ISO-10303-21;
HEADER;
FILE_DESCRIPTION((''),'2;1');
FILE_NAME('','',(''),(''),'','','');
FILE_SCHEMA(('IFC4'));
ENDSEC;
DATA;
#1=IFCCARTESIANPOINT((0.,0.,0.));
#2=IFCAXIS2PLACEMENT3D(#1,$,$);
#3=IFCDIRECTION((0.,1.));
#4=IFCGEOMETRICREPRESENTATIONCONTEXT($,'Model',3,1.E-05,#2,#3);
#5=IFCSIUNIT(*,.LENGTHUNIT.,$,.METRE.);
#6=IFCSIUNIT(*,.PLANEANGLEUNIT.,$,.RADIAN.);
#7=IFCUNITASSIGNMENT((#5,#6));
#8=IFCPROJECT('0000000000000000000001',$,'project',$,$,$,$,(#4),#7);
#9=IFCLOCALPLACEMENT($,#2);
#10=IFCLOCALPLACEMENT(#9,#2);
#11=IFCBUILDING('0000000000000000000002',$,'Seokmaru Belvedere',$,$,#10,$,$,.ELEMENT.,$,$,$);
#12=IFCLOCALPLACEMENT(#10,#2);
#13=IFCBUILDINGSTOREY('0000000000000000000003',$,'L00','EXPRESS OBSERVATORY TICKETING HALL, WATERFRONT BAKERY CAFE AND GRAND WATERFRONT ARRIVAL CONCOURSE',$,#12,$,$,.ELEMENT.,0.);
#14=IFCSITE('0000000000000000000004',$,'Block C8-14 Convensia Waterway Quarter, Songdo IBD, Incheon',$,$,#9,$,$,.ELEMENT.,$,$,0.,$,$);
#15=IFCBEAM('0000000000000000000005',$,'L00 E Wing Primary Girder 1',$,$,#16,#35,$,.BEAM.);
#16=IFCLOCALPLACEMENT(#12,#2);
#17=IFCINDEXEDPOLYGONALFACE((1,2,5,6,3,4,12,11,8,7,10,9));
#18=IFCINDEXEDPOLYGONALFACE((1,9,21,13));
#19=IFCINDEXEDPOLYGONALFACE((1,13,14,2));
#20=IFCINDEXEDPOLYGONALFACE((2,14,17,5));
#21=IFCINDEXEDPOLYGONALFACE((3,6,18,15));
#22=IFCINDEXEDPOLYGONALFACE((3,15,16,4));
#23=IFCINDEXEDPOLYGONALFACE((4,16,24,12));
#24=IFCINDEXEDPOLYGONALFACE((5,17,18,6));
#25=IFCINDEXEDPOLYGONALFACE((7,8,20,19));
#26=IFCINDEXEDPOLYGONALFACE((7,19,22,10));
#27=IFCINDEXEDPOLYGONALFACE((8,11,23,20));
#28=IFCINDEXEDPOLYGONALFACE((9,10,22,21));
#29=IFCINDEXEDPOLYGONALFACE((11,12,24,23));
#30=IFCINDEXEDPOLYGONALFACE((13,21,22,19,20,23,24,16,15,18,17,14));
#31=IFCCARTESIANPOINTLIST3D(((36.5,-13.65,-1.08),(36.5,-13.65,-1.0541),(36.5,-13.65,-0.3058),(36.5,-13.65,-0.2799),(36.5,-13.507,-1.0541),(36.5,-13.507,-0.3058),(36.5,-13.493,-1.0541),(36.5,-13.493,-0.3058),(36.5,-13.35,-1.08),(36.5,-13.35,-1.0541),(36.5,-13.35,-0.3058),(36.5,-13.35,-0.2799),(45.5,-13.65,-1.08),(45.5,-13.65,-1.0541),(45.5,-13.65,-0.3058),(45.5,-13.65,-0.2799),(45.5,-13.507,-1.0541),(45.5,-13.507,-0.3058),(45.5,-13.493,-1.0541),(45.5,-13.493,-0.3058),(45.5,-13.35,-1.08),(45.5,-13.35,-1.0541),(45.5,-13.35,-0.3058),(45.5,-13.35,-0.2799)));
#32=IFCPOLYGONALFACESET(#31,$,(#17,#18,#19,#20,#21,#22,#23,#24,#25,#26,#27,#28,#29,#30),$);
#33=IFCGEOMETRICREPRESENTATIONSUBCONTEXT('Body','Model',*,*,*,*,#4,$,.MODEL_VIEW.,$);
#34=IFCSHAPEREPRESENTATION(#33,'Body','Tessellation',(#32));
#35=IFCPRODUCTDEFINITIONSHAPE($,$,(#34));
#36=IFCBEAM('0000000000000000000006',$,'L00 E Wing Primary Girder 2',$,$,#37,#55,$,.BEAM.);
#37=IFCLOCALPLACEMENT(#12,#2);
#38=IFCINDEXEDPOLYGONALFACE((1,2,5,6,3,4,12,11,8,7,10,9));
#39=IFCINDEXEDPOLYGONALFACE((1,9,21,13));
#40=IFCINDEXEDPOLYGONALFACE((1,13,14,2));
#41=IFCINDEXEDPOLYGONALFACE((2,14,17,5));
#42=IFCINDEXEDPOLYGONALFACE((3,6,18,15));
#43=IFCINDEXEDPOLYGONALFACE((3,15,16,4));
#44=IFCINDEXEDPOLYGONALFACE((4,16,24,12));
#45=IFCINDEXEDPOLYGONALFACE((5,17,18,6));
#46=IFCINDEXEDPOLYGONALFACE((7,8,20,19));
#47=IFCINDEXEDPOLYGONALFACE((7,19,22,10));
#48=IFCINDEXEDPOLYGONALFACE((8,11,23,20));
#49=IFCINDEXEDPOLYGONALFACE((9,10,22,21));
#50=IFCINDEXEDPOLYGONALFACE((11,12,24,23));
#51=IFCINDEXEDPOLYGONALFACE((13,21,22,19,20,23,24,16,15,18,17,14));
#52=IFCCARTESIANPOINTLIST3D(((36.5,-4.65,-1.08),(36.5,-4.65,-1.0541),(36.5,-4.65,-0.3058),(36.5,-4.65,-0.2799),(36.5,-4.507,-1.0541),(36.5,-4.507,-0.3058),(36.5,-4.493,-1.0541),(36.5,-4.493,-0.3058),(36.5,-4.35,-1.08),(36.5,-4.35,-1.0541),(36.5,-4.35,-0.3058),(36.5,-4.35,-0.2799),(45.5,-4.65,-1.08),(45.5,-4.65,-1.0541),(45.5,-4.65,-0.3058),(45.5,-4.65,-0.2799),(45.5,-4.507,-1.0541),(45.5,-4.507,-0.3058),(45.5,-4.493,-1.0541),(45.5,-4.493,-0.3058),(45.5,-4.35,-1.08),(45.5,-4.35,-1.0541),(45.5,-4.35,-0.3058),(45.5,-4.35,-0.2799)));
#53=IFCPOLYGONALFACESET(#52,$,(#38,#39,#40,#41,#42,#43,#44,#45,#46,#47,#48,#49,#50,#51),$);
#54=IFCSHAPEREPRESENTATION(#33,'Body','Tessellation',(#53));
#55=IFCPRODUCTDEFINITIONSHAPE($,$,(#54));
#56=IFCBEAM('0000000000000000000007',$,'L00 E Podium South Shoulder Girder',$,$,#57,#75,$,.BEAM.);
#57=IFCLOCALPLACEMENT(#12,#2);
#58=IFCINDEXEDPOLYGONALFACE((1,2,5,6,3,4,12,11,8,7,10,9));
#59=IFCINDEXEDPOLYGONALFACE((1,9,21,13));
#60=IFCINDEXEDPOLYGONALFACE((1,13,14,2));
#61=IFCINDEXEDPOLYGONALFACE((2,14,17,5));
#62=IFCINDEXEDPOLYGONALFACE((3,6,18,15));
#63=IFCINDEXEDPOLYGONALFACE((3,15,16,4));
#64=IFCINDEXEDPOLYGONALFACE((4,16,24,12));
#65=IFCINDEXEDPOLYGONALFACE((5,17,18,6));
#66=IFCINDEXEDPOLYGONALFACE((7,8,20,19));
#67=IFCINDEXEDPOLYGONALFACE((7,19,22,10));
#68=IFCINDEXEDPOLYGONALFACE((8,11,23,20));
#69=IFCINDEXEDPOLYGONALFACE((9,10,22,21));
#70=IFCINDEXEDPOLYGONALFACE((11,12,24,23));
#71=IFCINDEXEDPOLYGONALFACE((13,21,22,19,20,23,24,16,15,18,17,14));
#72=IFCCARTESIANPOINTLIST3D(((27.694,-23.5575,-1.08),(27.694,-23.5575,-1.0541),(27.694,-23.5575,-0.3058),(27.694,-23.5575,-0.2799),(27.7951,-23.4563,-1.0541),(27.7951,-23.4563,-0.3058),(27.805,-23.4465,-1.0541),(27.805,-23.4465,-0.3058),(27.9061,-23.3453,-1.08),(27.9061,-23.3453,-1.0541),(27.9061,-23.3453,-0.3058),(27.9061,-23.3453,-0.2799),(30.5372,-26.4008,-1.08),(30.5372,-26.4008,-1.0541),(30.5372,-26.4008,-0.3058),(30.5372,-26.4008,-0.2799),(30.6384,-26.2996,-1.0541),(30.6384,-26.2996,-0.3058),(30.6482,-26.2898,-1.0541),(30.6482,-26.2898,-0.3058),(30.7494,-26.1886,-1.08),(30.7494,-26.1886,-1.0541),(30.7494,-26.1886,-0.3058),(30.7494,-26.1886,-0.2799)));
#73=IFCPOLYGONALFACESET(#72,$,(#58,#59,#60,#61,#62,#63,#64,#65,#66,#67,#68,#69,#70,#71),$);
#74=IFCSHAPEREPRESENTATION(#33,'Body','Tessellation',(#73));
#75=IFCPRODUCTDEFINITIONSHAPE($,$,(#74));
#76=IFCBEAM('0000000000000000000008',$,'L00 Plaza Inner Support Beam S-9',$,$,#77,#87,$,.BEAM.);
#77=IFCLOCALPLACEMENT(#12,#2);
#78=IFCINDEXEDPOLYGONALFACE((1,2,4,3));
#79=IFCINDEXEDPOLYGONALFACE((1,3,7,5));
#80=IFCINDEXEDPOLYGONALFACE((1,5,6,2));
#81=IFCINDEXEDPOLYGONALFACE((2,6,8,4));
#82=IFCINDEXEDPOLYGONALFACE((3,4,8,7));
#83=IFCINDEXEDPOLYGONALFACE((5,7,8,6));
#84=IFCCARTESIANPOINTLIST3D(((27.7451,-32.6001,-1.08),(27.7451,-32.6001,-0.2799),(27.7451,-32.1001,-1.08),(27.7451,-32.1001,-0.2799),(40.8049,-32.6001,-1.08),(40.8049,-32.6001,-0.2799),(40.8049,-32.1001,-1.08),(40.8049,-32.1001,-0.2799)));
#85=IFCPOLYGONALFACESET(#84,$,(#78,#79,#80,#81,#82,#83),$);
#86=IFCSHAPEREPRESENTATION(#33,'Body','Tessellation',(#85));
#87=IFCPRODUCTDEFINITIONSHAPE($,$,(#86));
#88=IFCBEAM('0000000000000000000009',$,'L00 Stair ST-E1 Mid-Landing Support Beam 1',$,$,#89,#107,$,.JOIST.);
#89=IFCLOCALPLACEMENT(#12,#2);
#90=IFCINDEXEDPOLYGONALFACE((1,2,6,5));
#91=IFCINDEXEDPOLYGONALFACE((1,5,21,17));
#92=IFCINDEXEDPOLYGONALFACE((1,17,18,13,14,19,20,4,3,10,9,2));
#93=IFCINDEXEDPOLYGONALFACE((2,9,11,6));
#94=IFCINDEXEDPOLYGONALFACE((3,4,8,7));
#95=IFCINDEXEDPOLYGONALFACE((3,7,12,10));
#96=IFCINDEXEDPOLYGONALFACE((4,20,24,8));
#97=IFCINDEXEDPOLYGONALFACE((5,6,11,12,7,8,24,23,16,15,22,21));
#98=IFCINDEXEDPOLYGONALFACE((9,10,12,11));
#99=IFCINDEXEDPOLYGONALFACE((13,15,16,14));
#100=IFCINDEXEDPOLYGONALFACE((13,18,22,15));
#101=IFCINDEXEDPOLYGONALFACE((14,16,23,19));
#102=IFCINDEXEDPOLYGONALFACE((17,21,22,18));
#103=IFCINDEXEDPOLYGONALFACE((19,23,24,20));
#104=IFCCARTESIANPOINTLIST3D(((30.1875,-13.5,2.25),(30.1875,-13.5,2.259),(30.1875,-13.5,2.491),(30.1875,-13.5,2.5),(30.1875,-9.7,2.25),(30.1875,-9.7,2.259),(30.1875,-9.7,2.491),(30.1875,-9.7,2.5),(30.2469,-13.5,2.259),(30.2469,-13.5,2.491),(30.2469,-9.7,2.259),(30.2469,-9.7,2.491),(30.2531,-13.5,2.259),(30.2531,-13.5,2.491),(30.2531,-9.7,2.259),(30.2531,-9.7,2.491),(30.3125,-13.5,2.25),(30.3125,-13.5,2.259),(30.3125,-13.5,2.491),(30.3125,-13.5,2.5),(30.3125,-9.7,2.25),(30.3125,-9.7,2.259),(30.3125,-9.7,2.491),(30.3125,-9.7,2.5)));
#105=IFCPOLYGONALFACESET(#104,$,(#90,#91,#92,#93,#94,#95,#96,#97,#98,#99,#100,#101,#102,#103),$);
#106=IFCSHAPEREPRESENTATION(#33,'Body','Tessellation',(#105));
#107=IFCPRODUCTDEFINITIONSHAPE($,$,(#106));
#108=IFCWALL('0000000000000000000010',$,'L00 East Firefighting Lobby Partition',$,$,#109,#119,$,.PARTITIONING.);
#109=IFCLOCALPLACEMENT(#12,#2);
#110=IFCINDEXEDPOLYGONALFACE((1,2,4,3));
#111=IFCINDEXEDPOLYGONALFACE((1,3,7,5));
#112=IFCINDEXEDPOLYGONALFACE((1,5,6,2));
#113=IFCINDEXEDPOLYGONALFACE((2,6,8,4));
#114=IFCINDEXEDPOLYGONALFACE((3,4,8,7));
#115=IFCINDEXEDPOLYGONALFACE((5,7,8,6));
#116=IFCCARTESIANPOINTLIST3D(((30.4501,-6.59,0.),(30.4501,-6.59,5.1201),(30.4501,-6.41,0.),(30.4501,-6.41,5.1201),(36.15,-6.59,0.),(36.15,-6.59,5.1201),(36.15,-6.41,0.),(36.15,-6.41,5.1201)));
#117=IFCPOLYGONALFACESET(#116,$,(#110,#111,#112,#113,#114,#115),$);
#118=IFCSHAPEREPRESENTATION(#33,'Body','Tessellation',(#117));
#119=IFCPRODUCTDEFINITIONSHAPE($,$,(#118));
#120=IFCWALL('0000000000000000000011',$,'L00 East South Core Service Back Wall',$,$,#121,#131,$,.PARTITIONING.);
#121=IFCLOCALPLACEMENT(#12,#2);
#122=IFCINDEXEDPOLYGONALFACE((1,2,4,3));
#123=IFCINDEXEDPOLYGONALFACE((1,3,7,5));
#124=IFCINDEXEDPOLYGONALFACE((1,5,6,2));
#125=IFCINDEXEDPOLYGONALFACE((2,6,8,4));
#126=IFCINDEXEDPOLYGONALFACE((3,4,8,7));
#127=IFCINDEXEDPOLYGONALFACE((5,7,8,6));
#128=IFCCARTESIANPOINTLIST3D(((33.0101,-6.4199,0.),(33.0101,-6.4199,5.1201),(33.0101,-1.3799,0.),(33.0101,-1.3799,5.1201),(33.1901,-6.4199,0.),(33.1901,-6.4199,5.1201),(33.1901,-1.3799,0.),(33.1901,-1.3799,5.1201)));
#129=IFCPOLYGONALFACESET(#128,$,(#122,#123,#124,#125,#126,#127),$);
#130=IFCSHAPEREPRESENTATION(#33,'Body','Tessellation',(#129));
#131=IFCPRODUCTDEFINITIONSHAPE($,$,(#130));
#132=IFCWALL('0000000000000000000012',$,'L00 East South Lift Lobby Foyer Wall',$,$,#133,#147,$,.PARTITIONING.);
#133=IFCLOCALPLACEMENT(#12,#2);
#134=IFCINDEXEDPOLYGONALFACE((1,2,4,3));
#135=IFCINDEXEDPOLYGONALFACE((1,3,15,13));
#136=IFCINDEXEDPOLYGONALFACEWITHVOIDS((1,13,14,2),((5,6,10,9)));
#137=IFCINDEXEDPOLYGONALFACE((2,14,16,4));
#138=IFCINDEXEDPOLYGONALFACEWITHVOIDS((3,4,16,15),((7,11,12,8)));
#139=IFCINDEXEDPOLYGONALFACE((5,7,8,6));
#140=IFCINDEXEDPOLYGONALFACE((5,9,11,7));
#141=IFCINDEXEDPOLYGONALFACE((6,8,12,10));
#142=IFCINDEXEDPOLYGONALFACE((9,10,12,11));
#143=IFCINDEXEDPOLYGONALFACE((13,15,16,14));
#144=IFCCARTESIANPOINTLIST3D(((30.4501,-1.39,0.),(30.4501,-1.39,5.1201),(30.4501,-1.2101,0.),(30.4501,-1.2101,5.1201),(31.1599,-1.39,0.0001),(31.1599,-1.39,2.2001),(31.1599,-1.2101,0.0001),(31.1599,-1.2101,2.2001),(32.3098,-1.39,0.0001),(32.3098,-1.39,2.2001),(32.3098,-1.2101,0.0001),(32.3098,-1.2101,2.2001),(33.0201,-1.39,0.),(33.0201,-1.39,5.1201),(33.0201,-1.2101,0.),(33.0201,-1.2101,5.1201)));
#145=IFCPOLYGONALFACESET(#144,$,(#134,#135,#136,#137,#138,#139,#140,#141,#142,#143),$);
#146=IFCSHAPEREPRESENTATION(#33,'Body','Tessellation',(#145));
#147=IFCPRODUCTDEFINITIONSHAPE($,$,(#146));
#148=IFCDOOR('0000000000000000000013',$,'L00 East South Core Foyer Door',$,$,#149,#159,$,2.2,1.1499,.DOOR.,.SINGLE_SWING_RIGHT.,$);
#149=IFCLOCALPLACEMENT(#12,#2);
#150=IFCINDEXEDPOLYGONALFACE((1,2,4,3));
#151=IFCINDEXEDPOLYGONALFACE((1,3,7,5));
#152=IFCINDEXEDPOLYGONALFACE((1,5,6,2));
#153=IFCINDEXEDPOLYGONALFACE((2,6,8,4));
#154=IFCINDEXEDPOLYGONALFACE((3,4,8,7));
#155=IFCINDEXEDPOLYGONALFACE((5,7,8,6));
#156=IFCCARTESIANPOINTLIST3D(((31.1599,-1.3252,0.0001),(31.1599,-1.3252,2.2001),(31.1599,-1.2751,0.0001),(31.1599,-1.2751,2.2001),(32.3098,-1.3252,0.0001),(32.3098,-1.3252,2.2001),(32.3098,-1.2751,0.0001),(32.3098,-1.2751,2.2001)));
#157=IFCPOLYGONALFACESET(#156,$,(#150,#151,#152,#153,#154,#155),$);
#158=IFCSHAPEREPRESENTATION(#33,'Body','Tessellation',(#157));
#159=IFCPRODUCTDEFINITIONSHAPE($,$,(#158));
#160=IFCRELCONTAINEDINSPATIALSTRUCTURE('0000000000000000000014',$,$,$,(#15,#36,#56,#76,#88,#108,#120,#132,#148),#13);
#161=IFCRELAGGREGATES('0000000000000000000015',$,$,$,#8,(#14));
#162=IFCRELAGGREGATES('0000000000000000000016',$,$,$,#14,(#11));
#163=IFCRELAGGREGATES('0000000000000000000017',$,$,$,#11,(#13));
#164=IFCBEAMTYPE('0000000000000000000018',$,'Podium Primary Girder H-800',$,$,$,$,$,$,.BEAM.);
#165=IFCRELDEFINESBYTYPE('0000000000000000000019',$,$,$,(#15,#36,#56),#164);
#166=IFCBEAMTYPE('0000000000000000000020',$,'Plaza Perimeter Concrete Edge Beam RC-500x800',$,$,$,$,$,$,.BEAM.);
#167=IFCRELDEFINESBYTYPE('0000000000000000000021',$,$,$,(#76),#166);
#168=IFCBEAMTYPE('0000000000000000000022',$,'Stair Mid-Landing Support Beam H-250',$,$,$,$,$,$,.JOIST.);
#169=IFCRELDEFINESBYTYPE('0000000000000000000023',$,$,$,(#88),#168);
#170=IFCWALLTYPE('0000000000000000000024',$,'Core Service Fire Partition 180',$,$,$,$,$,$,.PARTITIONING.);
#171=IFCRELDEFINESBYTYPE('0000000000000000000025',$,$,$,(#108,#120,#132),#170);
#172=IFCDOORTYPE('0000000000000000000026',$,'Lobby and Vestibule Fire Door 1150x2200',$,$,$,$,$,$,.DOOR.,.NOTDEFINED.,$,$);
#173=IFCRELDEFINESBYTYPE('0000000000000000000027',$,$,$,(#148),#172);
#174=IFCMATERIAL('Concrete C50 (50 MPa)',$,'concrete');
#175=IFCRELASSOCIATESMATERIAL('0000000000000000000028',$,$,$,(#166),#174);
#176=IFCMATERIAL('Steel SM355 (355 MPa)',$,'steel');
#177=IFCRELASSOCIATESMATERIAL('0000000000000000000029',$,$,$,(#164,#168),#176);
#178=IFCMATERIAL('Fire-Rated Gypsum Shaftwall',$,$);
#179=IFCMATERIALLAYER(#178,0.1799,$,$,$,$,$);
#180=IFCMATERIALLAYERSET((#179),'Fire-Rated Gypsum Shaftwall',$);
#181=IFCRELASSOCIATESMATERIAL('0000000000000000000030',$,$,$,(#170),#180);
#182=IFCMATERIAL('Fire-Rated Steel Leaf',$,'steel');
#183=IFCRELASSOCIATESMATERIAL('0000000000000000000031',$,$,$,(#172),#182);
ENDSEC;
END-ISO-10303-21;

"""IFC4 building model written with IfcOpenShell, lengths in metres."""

from ifc_helpers import new_model, si_unit, direction, frame, frame_2d, origin, origin_2d, place, context, subcontext, project, spatial, rectangle, i_section, extrude, source, transform, mapped, material, layer, layer_set, material_profile, profile_set, type_object, type_shapes, element, fill, save


model = new_model("IFC4")

# Units and contexts
model_context = context("Model", 3, precision=1e-05, world=origin(), true_north=direction((0.0, 1.0)))
body_context = subcontext(model_context, "Body", "Model", "MODEL_VIEW")
ifc_project = project(units=[si_unit("LENGTHUNIT", "METRE"), si_unit("PLANEANGLEUNIT", "RADIAN")], contexts=[model_context])

# Site, building, storey
site_placement = place(None, origin())
site = spatial("IfcSite", under=ifc_project, at=site_placement, Name="Block C8-14 Convensia Waterway Quarter, Songdo IBD, Incheon", CompositionType="ELEMENT", RefElevation=0.0)
building_placement = place(site_placement, origin())
building = spatial("IfcBuilding", under=site, at=building_placement, Name="Seokmaru Belvedere", CompositionType="ELEMENT")
storey_placement = place(building_placement, origin())
storey = spatial("IfcBuildingStorey", under=building, at=storey_placement, Name="L00", Description="EXPRESS OBSERVATORY TICKETING HALL, WATERFRONT BAKERY CAFE AND GRAND WATERFRONT ARRIVAL CONCOURSE", CompositionType="ELEMENT", Elevation=0.0)

# Shared definitions
ifc_material_1 = material(Name="Concrete C50 (50 MPa)", Category="concrete")
ifc_material_2 = material(Name="Steel SM355 (355 MPa)", Category="steel")

# Beams
ifc_material_profile_1 = material_profile(ifc_material_1, rectangle(XDim=0.5, YDim=0.8, at=origin_2d()), Name="RC-500x800")
ifc_profile_set_1 = profile_set([ifc_material_profile_1], Name="Concrete C50 (50 MPa)")
beam_type_1 = type_object("IfcBeamType", Name="Plaza Perimeter Concrete Edge Beam RC-500x800", PredefinedType="BEAM", material=ifc_profile_set_1)
ifc_material_profile_2 = material_profile(ifc_material_2, i_section(OverallWidth=0.3, OverallDepth=0.8, WebThickness=0.0139, FlangeThickness=0.0259, at=origin_2d()), Name="H-800x300x14x26")
ifc_profile_set_2 = profile_set([ifc_material_profile_2], Name="Steel SM355 (355 MPa)")
beam_type_2 = type_object("IfcBeamType", Name="Podium Primary Girder H-800", PredefinedType="BEAM", material=ifc_profile_set_2)
shared_shape_1 = source(origin(), body_context, "Body", "SweptSolid", [
    extrude(i_section(OverallWidth=0.3, OverallDepth=0.8, WebThickness=0.0139, FlangeThickness=0.0259, at=origin_2d()), origin(), (0.0, 0.0, 1.0), 9.0),
])
for number, where, z_axis, x_axis, name in (
    (1, (36.5, -13.5, -0.6799), (1.0, 0.0, 0.0), (0.0, 1.0, 0.0), "L00 E Wing Primary Girder 1"),
    (2, (36.5, -4.5, -0.6799), (1.0, 0.0, 0.0), (0.0, 1.0, 0.0), "L00 E Wing Primary Girder 2"),
):
    element("IfcBeam", number, at=place(storey_placement, frame(where, z_axis=z_axis, x_axis=x_axis)), inside=storey, type_object=beam_type_2, Name=name, PredefinedType="BEAM", context=body_context, shape_type="MappedRepresentation", body=[
        mapped(shared_shape_1, transform((0.0, 0.0, 0.0), scale=1.0)),
    ])
shared_shape_2 = source(origin(), body_context, "Body", "SweptSolid", [
    extrude(i_section(OverallWidth=0.3, OverallDepth=0.8, WebThickness=0.0139, FlangeThickness=0.0259, at=origin_2d()), origin(), (0.0, 0.0, 1.0), 4.021),
])
beam_1_placement = place(storey_placement, frame((30.6433, -26.2947, -0.6799), z_axis=(-0.707107, 0.707107, 0.0), x_axis=(-0.707107, -0.707107, 0.0)))
element("IfcBeam", 3, at=beam_1_placement, inside=storey, type_object=beam_type_2, Name="L00 E Podium South Shoulder Girder", PredefinedType="BEAM", context=body_context, shape_type="MappedRepresentation", body=[
    mapped(shared_shape_2, transform((0.0, 0.0, 0.0), scale=1.0)),
])
shared_shape_3 = source(origin(), body_context, "Body", "SweptSolid", [
    extrude(rectangle(XDim=0.5, YDim=0.8, at=origin_2d()), origin(), (0.0, 0.0, 1.0), 13.0598),
])
beam_2_placement = place(storey_placement, frame((27.7451, -32.3501, -0.6799), z_axis=(1.0, 0.0, 0.0), x_axis=(0.0, 1.0, 0.0)))
element("IfcBeam", 4, at=beam_2_placement, inside=storey, type_object=beam_type_1, Name="L00 Plaza Inner Support Beam S-9", PredefinedType="BEAM", context=body_context, shape_type="MappedRepresentation", body=[
    mapped(shared_shape_3, transform((0.0, 0.0, 0.0), scale=1.0)),
])
ifc_material_profile_3 = material_profile(ifc_material_2, i_section(OverallWidth=0.125, OverallDepth=0.25, WebThickness=0.0061, FlangeThickness=0.009, at=origin_2d()), Name="H-250x125x6x9")
ifc_profile_set_3 = profile_set([ifc_material_profile_3], Name="Steel SM355 (355 MPa)")
beam_type_3 = type_object("IfcBeamType", Name="Stair Mid-Landing Support Beam H-250", PredefinedType="JOIST", material=ifc_profile_set_3)
shared_shape_4 = source(origin(), body_context, "Body", "SweptSolid", [
    extrude(i_section(OverallWidth=0.125, OverallDepth=0.25, WebThickness=0.0061, FlangeThickness=0.009, at=origin_2d()), origin(), (0.0, 0.0, 1.0), 3.8),
])
type_shapes(beam_type_3, [shared_shape_4])
beam_3_placement = place(storey_placement, frame((30.25, -13.5, 2.375), z_axis=(0.0, 1.0, 0.0), x_axis=(-1.0, 0.0, 0.0)))
element("IfcBeam", 5, at=beam_3_placement, inside=storey, type_object=beam_type_3, Name="L00 Stair ST-E1 Mid-Landing Support Beam 1", PredefinedType="JOIST", context=body_context, shape_type="MappedRepresentation", body=[
    mapped(shared_shape_4, transform((0.0, 0.0, 0.0), scale=1.0)),
])

# Walls
ifc_material_3 = material(Name="Fire-Rated Gypsum Shaftwall")
ifc_layer_1 = layer(ifc_material_3, 0.1799)
ifc_layer_set_1 = layer_set([ifc_layer_1], Name="Fire-Rated Gypsum Shaftwall")
wall_type_1 = type_object("IfcWallType", Name="Core Service Fire Partition 180", PredefinedType="PARTITIONING", material=ifc_layer_set_1)
wall_1_placement = place(storey_placement, frame((30.45, -6.5, 0.0), z_axis=(0.0, 0.0, 1.0), x_axis=(1.0, 0.0, 0.0)))
element("IfcWall", 6, at=wall_1_placement, inside=storey, type_object=wall_type_1, Name="L00 East Firefighting Lobby Partition", PredefinedType="PARTITIONING", context=body_context, shape_type="SweptSolid", body=[
    extrude(rectangle(XDim=5.7, YDim=0.1799, at=frame_2d((2.8501, 0.0))), origin(), (0.0, 0.0, 1.0), 5.1201),
])
wall_2_placement = place(storey_placement, frame((33.1001, -6.4199, 0.0), z_axis=(0.0, 0.0, 1.0), x_axis=(0.0, 1.0, 0.0)))
element("IfcWall", 7, at=wall_2_placement, inside=storey, type_object=wall_type_1, Name="L00 East South Core Service Back Wall", PredefinedType="PARTITIONING", context=body_context, shape_type="SweptSolid", body=[
    extrude(rectangle(XDim=5.04, YDim=0.1799, at=frame_2d((2.52, 0.0))), origin(), (0.0, 0.0, 1.0), 5.1201),
])

# Wall, opening, door
wall_3_placement = place(storey_placement, frame((30.45, -1.3, 0.0), z_axis=(0.0, 0.0, 1.0), x_axis=(1.0, 0.0, 0.0)))
wall_3 = element("IfcWall", 8, at=wall_3_placement, inside=storey, type_object=wall_type_1, Name="L00 East South Lift Lobby Foyer Wall", PredefinedType="PARTITIONING", context=body_context, shape_type="SweptSolid", body=[
    extrude(rectangle(XDim=2.5701, YDim=0.1799, at=frame_2d((1.2852, 0.0))), origin(), (0.0, 0.0, 1.0), 5.1201),
])
opening_1_placement = place(wall_3_placement, frame((0.71, 0.0, 0.0)))
opening_1 = element("IfcOpeningElement", 9, at=opening_1_placement, cuts=wall_3, PredefinedType="OPENING", context=body_context, shape_type="SweptSolid", body=[
    extrude(rectangle(XDim=1.1499, YDim=2.2, at=frame_2d((0.575, 1.1001))), frame((0.0, 0.1001, 0.0), z_axis=(0.0, -1.0, 0.0), x_axis=(1.0, 0.0, 0.0)), (0.0, 0.0, 1.0), 0.2),
])
ifc_material_4 = material(Name="Fire-Rated Steel Leaf", Category="steel")
door_type_1 = type_object("IfcDoorType", Name="Lobby and Vestibule Fire Door 1150x2200", OperationType="NOTDEFINED", PredefinedType="DOOR", material=ifc_material_4)
shared_shape_5 = source(origin(), body_context, "Body", "SweptSolid", [
    extrude(rectangle(XDim=1.1499, YDim=2.2, at=frame_2d((0.575, 1.1001))), frame((0.0, 0.0249, 0.0), z_axis=(0.0, -1.0, 0.0), x_axis=(1.0, 0.0, 0.0)), (0.0, 0.0, 1.0), 0.05),
])
type_shapes(door_type_1, [shared_shape_5])
door_1_placement = place(opening_1_placement, origin())
door_1 = element("IfcDoor", 10, at=door_1_placement, inside=storey, type_object=door_type_1, Name="L00 East South Core Foyer Door", OperationType="SINGLE_SWING_RIGHT", OverallHeight=2.2, OverallWidth=1.1499, PredefinedType="DOOR", context=body_context, shape_type="MappedRepresentation", body=[
    mapped(shared_shape_5, transform((0.0, 0.0, 0.0), scale=1.0)),
])
fill(opening_1, door_1)

save(model, "model.ifc")
